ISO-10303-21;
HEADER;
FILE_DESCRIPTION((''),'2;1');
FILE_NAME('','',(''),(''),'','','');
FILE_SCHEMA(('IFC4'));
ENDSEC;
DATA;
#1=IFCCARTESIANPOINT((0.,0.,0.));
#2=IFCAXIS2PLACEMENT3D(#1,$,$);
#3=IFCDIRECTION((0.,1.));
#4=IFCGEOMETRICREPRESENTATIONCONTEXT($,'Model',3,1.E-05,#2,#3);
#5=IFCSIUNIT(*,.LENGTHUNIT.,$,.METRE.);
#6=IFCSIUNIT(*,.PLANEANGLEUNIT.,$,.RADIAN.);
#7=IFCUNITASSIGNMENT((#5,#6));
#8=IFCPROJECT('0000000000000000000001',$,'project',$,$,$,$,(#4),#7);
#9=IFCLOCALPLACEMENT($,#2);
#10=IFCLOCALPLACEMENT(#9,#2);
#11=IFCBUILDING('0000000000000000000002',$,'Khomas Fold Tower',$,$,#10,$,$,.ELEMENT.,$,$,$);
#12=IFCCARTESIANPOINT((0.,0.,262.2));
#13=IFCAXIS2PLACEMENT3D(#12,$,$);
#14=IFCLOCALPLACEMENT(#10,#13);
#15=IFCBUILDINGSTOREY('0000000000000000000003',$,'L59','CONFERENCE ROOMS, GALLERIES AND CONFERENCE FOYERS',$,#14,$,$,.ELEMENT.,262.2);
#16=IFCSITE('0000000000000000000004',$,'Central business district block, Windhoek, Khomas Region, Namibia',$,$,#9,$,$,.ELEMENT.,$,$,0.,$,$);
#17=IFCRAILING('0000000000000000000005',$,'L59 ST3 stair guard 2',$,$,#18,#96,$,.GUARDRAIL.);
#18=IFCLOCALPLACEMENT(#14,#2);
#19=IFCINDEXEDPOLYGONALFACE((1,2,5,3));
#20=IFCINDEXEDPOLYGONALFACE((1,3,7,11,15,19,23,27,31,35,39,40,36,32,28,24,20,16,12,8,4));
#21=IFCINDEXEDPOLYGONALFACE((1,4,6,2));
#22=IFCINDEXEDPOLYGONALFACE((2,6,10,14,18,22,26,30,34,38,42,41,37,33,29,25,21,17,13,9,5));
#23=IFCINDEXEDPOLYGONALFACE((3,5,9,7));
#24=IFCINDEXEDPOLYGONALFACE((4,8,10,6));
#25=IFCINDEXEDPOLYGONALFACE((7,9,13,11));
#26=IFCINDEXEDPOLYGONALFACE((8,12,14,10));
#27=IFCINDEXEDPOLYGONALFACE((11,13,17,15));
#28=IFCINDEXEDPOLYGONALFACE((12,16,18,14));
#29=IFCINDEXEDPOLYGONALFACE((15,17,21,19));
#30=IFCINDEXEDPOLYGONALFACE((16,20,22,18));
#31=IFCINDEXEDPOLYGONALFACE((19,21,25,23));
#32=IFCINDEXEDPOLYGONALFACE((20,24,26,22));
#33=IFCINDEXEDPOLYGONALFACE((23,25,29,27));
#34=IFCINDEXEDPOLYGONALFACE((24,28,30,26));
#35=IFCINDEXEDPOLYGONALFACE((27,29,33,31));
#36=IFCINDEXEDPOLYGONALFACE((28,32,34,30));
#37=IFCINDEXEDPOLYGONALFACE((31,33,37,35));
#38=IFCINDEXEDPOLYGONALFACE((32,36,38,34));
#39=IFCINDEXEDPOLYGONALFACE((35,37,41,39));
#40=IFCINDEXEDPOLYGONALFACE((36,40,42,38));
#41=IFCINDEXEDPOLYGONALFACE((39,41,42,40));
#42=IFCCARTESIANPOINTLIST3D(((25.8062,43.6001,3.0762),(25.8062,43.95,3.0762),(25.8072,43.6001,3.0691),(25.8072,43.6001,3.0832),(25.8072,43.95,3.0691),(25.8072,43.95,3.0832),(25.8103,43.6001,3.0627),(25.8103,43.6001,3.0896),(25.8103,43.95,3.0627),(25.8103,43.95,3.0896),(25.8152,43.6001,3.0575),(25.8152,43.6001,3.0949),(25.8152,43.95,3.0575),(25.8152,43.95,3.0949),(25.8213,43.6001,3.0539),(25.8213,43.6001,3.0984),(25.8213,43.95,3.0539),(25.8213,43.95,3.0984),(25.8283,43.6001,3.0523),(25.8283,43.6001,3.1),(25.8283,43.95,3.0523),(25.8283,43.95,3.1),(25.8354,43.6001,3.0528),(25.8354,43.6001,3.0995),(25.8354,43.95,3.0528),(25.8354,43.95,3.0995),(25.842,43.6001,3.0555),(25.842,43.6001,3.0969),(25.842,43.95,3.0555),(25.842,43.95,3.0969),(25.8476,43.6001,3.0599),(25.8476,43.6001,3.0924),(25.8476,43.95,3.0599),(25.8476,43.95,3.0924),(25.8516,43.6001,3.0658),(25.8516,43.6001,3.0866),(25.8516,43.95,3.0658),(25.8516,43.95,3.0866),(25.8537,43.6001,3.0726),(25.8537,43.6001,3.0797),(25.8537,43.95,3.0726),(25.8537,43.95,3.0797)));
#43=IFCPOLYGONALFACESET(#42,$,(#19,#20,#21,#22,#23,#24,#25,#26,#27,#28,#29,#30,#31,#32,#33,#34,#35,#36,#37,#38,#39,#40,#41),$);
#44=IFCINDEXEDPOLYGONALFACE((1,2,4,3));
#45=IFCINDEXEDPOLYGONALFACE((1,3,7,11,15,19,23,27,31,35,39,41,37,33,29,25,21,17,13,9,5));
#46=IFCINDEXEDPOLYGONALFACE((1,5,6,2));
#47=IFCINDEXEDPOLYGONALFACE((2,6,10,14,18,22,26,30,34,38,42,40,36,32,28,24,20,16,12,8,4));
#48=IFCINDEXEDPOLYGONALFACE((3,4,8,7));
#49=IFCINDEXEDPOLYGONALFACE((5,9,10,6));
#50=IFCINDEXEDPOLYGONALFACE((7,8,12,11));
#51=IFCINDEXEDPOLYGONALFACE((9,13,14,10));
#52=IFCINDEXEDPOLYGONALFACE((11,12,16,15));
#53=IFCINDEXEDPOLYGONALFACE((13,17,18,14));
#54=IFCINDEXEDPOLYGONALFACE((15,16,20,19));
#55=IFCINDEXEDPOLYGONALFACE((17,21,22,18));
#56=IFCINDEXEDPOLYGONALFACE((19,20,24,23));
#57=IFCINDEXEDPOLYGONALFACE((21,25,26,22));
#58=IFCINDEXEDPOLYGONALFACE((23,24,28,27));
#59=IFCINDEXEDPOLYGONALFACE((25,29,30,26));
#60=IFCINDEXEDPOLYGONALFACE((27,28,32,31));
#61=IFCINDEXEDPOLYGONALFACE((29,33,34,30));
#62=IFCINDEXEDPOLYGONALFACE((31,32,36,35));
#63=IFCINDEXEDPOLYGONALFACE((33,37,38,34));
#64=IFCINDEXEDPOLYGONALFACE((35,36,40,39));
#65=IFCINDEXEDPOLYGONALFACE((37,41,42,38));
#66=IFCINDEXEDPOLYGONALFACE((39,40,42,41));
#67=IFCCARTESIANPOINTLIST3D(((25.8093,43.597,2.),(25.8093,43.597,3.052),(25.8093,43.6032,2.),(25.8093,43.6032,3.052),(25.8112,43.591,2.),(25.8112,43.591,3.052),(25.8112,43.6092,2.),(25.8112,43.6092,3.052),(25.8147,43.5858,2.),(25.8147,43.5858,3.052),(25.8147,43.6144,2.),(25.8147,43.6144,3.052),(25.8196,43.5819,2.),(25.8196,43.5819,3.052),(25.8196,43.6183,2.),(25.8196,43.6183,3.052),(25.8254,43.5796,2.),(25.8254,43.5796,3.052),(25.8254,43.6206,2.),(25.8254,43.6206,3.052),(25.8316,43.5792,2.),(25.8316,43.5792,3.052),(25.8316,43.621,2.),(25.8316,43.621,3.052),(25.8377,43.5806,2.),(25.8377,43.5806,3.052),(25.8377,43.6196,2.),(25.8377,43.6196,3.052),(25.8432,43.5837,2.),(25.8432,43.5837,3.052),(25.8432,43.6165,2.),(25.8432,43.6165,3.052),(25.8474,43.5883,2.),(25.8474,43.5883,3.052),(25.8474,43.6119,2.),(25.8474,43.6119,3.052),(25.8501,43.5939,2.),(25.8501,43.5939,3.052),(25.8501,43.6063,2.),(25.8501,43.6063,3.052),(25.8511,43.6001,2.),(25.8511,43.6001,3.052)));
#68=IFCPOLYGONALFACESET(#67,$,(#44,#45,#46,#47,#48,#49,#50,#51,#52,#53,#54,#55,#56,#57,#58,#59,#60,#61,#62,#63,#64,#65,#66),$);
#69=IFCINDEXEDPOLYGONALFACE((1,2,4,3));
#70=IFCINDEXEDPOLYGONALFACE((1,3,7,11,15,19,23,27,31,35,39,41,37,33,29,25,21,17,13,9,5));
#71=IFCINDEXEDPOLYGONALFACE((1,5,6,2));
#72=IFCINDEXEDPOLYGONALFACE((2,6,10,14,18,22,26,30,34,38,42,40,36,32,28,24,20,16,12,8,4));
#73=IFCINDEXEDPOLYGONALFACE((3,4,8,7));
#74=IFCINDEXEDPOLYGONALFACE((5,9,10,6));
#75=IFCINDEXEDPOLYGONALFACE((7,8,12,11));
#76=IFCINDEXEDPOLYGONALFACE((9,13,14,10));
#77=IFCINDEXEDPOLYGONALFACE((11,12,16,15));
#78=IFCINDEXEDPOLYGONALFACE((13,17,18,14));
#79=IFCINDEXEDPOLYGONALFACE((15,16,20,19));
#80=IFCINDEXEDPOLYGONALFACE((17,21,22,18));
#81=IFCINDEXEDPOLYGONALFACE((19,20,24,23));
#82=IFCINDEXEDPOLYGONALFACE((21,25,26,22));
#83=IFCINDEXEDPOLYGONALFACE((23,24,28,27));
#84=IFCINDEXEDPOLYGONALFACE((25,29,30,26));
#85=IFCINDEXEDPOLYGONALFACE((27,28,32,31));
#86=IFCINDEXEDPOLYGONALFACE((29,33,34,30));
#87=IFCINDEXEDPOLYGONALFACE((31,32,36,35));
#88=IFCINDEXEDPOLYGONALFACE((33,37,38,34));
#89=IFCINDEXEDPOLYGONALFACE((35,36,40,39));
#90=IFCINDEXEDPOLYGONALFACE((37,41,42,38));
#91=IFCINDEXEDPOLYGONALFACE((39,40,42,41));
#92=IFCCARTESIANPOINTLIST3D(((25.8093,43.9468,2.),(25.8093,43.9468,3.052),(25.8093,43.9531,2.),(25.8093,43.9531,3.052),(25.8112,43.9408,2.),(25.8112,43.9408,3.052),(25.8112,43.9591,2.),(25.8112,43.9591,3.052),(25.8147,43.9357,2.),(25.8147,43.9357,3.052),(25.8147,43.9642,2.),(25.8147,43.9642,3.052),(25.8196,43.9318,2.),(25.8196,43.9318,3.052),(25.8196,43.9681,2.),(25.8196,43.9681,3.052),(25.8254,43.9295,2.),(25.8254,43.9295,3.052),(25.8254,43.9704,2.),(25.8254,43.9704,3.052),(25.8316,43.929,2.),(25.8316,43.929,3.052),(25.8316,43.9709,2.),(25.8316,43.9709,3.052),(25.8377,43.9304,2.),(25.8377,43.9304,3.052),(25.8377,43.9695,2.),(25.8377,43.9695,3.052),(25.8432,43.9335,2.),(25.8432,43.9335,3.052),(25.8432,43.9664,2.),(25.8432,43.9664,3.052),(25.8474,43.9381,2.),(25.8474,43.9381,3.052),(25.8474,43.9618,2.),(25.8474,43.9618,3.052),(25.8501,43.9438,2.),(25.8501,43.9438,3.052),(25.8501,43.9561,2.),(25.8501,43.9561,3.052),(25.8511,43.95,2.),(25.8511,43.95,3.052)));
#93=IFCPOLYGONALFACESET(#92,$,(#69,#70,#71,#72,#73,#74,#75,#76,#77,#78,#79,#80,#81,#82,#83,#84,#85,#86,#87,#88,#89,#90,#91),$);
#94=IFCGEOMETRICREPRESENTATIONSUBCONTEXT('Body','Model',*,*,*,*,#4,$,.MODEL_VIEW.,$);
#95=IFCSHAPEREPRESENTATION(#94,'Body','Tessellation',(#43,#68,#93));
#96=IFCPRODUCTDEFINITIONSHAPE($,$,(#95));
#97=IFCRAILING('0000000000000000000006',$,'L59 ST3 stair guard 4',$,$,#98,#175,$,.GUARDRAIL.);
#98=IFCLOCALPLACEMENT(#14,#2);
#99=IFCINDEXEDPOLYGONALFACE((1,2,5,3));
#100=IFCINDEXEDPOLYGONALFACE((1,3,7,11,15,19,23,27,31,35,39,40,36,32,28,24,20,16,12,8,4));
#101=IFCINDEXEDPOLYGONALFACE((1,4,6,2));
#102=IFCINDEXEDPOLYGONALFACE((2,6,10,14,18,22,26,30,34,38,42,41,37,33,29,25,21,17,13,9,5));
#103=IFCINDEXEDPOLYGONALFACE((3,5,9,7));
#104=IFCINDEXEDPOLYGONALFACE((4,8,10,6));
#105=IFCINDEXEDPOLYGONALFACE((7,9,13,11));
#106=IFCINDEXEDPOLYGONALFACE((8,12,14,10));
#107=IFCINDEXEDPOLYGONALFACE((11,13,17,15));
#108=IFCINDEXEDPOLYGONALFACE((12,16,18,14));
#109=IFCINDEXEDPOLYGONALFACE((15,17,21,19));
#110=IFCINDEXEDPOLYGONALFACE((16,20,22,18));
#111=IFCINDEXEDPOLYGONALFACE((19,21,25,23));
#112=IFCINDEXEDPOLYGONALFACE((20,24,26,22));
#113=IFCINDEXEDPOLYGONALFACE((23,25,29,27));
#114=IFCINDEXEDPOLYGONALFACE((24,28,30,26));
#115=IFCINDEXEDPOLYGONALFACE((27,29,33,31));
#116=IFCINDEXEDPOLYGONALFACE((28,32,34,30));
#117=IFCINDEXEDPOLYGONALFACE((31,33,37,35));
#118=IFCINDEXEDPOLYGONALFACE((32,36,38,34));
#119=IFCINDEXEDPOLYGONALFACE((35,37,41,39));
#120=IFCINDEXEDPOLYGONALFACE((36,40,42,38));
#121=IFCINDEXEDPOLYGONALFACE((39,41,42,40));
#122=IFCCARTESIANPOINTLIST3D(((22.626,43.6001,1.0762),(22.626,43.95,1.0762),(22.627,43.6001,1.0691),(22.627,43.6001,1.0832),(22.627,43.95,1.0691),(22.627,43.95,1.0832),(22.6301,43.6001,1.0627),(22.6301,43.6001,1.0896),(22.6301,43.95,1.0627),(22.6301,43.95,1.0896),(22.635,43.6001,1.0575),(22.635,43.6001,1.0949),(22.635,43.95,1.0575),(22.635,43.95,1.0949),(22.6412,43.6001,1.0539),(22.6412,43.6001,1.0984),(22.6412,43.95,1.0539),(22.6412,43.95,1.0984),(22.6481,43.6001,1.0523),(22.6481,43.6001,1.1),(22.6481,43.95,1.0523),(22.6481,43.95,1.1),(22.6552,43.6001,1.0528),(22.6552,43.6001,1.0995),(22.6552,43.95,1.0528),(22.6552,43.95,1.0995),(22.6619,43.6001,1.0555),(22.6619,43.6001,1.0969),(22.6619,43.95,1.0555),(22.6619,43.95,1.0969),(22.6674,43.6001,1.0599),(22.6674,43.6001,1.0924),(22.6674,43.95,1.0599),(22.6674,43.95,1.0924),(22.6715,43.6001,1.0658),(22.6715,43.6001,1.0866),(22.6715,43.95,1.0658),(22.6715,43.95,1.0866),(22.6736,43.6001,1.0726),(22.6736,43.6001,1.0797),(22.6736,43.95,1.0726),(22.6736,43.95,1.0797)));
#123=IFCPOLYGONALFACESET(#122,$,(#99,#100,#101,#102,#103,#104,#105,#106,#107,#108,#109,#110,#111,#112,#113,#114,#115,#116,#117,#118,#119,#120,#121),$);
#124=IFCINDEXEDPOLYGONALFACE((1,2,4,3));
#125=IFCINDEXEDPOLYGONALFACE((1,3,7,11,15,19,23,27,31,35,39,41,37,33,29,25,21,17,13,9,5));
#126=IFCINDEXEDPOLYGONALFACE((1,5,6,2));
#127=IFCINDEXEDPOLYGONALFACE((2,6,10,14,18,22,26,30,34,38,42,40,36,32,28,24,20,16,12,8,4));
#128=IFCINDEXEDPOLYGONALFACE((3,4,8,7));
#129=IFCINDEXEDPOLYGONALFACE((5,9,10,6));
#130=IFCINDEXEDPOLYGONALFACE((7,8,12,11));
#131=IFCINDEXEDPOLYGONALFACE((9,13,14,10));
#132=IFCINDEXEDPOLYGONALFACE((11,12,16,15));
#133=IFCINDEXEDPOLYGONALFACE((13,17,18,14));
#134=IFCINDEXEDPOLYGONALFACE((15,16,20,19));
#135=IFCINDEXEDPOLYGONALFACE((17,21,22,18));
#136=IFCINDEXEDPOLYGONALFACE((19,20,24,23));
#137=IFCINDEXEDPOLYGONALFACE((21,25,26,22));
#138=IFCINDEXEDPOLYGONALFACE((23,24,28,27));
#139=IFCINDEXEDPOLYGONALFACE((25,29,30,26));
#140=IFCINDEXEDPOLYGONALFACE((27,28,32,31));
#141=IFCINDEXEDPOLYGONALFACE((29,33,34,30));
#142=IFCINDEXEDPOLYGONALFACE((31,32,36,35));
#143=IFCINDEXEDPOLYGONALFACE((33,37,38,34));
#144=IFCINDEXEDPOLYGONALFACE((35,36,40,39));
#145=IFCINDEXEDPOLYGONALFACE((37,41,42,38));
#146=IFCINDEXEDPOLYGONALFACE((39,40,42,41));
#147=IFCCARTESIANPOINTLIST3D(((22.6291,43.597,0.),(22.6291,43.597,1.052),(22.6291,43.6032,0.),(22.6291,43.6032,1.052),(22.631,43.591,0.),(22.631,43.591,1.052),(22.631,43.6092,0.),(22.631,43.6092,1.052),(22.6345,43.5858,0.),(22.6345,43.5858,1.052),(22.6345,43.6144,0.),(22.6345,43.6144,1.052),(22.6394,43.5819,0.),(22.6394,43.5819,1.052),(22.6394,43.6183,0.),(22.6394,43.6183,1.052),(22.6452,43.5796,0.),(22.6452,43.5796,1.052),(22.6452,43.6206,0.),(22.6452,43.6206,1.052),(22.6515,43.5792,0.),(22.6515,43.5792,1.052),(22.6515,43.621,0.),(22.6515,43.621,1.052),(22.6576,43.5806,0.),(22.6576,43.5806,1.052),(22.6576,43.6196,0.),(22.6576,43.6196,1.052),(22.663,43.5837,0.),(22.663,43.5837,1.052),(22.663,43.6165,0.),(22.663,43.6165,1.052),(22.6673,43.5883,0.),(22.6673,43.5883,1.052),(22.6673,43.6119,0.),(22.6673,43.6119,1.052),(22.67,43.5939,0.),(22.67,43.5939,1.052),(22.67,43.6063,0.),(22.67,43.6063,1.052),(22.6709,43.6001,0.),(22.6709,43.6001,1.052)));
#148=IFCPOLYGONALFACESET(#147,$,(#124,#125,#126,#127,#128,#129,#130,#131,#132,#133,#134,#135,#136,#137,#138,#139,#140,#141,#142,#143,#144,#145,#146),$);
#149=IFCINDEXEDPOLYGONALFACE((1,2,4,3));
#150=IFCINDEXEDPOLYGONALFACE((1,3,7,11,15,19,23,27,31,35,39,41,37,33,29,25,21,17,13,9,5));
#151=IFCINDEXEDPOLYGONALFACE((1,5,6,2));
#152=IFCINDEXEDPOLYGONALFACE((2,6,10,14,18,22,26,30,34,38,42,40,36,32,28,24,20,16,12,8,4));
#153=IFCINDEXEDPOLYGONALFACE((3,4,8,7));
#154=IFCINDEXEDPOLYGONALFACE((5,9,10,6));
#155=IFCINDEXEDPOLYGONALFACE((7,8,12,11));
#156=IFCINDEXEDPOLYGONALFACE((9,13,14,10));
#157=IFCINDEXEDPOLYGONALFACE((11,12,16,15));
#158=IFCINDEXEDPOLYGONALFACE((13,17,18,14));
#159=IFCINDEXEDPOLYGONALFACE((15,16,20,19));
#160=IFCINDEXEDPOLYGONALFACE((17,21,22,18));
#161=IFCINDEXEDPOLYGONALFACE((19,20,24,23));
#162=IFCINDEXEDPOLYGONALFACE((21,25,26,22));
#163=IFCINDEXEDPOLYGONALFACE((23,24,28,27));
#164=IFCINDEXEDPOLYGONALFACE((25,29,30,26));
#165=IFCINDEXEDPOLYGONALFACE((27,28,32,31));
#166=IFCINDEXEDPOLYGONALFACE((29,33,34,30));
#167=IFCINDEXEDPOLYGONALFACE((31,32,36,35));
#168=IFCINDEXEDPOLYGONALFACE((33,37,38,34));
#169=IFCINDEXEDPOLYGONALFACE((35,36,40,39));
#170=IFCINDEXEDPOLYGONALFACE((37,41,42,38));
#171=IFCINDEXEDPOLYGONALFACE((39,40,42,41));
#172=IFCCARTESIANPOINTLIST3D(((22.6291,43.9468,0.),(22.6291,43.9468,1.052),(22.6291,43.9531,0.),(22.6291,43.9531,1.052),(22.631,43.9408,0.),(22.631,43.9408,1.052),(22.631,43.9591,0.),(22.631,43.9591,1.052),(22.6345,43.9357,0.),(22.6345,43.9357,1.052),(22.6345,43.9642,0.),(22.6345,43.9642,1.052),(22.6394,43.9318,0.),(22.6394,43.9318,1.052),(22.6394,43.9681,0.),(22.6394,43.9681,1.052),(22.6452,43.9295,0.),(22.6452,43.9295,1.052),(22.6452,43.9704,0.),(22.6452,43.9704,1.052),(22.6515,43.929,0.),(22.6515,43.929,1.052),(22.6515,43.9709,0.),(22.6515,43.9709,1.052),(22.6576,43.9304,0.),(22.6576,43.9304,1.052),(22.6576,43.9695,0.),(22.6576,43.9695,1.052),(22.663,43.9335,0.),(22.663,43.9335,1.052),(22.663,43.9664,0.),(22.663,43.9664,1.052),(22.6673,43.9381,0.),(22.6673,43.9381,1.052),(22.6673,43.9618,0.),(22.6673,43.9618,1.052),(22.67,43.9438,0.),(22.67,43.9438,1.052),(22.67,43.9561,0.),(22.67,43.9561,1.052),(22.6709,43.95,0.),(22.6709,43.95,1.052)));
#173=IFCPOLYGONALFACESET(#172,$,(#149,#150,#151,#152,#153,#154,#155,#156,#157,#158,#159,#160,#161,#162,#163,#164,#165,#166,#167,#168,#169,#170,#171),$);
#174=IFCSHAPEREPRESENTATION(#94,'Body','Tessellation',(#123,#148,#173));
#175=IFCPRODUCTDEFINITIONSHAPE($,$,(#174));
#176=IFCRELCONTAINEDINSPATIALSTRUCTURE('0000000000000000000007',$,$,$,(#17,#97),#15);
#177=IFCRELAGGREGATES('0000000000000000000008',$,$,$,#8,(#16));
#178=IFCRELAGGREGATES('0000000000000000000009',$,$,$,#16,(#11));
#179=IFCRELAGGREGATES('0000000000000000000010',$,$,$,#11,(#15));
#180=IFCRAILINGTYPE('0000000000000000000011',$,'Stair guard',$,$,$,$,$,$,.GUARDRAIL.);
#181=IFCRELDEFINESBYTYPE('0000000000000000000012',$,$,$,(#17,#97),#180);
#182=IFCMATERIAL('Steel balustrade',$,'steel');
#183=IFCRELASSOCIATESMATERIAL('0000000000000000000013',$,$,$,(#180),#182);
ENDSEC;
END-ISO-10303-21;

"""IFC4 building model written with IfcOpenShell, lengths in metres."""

from ifc_helpers import new_model, si_unit, direction, frame, origin, origin_2d, place, context, subcontext, project, spatial, circle, extrude, source, transform, mapped, material, type_object, element, save


model = new_model("IFC4")

# Units and contexts
model_context = context("Model", 3, precision=1e-05, world=origin(), true_north=direction((0.0, 1.0)))
body_context = subcontext(model_context, "Body", "Model", "MODEL_VIEW")
ifc_project = project(units=[si_unit("LENGTHUNIT", "METRE"), si_unit("PLANEANGLEUNIT", "RADIAN")], contexts=[model_context])

# Site, building, storey
site_placement = place(None, origin())
site = spatial("IfcSite", under=ifc_project, at=site_placement, Name="Central business district block, Windhoek, Khomas Region, Namibia", CompositionType="ELEMENT", RefElevation=0.0)
building_placement = place(site_placement, origin())
building = spatial("IfcBuilding", under=site, at=building_placement, Name="Khomas Fold Tower", CompositionType="ELEMENT")
storey_placement = place(building_placement, frame((0.0, 0.0, 262.2)))
storey = spatial("IfcBuildingStorey", under=building, at=storey_placement, Name="L59", Description="CONFERENCE ROOMS, GALLERIES AND CONFERENCE FOYERS", CompositionType="ELEMENT", Elevation=262.2)

# Railings
ifc_material_1 = material(Name="Steel balustrade", Category="steel")
railing_type_1 = type_object("IfcRailingType", Name="Stair guard", PredefinedType="GUARDRAIL", material=ifc_material_1)
shared_shape_1 = source(origin(), body_context, "Body", "SweptSolid", [
    extrude(circle(Radius=0.0239, at=origin_2d()), frame((0.0, 0.0, 1.0762), z_axis=(0.0, 1.0, 0.0), x_axis=(-1.0, 0.0, 0.0)), (0.0, 0.0, 1.0), 0.3499),
    extrude(circle(Radius=0.021, at=origin_2d()), origin(), (0.0, 0.0, 1.0), 1.052),
    extrude(circle(Radius=0.021, at=origin_2d()), frame((0.0, 0.3499, 0.0)), (0.0, 0.0, 1.0), 1.052),
])
for number, where, name in (
    (1, (25.8301, 43.6001, 2.0), "L59 ST3 stair guard 2"),
    (2, (22.6499, 43.6001, 0.0), "L59 ST3 stair guard 4"),
):
    element("IfcRailing", number, at=place(storey_placement, frame(where)), inside=storey, type_object=railing_type_1, Name=name, PredefinedType="GUARDRAIL", context=body_context, shape_type="MappedRepresentation", body=[
        mapped(shared_shape_1, transform((0.0, 0.0, 0.0))),
    ])

save(model, "model.ifc")
